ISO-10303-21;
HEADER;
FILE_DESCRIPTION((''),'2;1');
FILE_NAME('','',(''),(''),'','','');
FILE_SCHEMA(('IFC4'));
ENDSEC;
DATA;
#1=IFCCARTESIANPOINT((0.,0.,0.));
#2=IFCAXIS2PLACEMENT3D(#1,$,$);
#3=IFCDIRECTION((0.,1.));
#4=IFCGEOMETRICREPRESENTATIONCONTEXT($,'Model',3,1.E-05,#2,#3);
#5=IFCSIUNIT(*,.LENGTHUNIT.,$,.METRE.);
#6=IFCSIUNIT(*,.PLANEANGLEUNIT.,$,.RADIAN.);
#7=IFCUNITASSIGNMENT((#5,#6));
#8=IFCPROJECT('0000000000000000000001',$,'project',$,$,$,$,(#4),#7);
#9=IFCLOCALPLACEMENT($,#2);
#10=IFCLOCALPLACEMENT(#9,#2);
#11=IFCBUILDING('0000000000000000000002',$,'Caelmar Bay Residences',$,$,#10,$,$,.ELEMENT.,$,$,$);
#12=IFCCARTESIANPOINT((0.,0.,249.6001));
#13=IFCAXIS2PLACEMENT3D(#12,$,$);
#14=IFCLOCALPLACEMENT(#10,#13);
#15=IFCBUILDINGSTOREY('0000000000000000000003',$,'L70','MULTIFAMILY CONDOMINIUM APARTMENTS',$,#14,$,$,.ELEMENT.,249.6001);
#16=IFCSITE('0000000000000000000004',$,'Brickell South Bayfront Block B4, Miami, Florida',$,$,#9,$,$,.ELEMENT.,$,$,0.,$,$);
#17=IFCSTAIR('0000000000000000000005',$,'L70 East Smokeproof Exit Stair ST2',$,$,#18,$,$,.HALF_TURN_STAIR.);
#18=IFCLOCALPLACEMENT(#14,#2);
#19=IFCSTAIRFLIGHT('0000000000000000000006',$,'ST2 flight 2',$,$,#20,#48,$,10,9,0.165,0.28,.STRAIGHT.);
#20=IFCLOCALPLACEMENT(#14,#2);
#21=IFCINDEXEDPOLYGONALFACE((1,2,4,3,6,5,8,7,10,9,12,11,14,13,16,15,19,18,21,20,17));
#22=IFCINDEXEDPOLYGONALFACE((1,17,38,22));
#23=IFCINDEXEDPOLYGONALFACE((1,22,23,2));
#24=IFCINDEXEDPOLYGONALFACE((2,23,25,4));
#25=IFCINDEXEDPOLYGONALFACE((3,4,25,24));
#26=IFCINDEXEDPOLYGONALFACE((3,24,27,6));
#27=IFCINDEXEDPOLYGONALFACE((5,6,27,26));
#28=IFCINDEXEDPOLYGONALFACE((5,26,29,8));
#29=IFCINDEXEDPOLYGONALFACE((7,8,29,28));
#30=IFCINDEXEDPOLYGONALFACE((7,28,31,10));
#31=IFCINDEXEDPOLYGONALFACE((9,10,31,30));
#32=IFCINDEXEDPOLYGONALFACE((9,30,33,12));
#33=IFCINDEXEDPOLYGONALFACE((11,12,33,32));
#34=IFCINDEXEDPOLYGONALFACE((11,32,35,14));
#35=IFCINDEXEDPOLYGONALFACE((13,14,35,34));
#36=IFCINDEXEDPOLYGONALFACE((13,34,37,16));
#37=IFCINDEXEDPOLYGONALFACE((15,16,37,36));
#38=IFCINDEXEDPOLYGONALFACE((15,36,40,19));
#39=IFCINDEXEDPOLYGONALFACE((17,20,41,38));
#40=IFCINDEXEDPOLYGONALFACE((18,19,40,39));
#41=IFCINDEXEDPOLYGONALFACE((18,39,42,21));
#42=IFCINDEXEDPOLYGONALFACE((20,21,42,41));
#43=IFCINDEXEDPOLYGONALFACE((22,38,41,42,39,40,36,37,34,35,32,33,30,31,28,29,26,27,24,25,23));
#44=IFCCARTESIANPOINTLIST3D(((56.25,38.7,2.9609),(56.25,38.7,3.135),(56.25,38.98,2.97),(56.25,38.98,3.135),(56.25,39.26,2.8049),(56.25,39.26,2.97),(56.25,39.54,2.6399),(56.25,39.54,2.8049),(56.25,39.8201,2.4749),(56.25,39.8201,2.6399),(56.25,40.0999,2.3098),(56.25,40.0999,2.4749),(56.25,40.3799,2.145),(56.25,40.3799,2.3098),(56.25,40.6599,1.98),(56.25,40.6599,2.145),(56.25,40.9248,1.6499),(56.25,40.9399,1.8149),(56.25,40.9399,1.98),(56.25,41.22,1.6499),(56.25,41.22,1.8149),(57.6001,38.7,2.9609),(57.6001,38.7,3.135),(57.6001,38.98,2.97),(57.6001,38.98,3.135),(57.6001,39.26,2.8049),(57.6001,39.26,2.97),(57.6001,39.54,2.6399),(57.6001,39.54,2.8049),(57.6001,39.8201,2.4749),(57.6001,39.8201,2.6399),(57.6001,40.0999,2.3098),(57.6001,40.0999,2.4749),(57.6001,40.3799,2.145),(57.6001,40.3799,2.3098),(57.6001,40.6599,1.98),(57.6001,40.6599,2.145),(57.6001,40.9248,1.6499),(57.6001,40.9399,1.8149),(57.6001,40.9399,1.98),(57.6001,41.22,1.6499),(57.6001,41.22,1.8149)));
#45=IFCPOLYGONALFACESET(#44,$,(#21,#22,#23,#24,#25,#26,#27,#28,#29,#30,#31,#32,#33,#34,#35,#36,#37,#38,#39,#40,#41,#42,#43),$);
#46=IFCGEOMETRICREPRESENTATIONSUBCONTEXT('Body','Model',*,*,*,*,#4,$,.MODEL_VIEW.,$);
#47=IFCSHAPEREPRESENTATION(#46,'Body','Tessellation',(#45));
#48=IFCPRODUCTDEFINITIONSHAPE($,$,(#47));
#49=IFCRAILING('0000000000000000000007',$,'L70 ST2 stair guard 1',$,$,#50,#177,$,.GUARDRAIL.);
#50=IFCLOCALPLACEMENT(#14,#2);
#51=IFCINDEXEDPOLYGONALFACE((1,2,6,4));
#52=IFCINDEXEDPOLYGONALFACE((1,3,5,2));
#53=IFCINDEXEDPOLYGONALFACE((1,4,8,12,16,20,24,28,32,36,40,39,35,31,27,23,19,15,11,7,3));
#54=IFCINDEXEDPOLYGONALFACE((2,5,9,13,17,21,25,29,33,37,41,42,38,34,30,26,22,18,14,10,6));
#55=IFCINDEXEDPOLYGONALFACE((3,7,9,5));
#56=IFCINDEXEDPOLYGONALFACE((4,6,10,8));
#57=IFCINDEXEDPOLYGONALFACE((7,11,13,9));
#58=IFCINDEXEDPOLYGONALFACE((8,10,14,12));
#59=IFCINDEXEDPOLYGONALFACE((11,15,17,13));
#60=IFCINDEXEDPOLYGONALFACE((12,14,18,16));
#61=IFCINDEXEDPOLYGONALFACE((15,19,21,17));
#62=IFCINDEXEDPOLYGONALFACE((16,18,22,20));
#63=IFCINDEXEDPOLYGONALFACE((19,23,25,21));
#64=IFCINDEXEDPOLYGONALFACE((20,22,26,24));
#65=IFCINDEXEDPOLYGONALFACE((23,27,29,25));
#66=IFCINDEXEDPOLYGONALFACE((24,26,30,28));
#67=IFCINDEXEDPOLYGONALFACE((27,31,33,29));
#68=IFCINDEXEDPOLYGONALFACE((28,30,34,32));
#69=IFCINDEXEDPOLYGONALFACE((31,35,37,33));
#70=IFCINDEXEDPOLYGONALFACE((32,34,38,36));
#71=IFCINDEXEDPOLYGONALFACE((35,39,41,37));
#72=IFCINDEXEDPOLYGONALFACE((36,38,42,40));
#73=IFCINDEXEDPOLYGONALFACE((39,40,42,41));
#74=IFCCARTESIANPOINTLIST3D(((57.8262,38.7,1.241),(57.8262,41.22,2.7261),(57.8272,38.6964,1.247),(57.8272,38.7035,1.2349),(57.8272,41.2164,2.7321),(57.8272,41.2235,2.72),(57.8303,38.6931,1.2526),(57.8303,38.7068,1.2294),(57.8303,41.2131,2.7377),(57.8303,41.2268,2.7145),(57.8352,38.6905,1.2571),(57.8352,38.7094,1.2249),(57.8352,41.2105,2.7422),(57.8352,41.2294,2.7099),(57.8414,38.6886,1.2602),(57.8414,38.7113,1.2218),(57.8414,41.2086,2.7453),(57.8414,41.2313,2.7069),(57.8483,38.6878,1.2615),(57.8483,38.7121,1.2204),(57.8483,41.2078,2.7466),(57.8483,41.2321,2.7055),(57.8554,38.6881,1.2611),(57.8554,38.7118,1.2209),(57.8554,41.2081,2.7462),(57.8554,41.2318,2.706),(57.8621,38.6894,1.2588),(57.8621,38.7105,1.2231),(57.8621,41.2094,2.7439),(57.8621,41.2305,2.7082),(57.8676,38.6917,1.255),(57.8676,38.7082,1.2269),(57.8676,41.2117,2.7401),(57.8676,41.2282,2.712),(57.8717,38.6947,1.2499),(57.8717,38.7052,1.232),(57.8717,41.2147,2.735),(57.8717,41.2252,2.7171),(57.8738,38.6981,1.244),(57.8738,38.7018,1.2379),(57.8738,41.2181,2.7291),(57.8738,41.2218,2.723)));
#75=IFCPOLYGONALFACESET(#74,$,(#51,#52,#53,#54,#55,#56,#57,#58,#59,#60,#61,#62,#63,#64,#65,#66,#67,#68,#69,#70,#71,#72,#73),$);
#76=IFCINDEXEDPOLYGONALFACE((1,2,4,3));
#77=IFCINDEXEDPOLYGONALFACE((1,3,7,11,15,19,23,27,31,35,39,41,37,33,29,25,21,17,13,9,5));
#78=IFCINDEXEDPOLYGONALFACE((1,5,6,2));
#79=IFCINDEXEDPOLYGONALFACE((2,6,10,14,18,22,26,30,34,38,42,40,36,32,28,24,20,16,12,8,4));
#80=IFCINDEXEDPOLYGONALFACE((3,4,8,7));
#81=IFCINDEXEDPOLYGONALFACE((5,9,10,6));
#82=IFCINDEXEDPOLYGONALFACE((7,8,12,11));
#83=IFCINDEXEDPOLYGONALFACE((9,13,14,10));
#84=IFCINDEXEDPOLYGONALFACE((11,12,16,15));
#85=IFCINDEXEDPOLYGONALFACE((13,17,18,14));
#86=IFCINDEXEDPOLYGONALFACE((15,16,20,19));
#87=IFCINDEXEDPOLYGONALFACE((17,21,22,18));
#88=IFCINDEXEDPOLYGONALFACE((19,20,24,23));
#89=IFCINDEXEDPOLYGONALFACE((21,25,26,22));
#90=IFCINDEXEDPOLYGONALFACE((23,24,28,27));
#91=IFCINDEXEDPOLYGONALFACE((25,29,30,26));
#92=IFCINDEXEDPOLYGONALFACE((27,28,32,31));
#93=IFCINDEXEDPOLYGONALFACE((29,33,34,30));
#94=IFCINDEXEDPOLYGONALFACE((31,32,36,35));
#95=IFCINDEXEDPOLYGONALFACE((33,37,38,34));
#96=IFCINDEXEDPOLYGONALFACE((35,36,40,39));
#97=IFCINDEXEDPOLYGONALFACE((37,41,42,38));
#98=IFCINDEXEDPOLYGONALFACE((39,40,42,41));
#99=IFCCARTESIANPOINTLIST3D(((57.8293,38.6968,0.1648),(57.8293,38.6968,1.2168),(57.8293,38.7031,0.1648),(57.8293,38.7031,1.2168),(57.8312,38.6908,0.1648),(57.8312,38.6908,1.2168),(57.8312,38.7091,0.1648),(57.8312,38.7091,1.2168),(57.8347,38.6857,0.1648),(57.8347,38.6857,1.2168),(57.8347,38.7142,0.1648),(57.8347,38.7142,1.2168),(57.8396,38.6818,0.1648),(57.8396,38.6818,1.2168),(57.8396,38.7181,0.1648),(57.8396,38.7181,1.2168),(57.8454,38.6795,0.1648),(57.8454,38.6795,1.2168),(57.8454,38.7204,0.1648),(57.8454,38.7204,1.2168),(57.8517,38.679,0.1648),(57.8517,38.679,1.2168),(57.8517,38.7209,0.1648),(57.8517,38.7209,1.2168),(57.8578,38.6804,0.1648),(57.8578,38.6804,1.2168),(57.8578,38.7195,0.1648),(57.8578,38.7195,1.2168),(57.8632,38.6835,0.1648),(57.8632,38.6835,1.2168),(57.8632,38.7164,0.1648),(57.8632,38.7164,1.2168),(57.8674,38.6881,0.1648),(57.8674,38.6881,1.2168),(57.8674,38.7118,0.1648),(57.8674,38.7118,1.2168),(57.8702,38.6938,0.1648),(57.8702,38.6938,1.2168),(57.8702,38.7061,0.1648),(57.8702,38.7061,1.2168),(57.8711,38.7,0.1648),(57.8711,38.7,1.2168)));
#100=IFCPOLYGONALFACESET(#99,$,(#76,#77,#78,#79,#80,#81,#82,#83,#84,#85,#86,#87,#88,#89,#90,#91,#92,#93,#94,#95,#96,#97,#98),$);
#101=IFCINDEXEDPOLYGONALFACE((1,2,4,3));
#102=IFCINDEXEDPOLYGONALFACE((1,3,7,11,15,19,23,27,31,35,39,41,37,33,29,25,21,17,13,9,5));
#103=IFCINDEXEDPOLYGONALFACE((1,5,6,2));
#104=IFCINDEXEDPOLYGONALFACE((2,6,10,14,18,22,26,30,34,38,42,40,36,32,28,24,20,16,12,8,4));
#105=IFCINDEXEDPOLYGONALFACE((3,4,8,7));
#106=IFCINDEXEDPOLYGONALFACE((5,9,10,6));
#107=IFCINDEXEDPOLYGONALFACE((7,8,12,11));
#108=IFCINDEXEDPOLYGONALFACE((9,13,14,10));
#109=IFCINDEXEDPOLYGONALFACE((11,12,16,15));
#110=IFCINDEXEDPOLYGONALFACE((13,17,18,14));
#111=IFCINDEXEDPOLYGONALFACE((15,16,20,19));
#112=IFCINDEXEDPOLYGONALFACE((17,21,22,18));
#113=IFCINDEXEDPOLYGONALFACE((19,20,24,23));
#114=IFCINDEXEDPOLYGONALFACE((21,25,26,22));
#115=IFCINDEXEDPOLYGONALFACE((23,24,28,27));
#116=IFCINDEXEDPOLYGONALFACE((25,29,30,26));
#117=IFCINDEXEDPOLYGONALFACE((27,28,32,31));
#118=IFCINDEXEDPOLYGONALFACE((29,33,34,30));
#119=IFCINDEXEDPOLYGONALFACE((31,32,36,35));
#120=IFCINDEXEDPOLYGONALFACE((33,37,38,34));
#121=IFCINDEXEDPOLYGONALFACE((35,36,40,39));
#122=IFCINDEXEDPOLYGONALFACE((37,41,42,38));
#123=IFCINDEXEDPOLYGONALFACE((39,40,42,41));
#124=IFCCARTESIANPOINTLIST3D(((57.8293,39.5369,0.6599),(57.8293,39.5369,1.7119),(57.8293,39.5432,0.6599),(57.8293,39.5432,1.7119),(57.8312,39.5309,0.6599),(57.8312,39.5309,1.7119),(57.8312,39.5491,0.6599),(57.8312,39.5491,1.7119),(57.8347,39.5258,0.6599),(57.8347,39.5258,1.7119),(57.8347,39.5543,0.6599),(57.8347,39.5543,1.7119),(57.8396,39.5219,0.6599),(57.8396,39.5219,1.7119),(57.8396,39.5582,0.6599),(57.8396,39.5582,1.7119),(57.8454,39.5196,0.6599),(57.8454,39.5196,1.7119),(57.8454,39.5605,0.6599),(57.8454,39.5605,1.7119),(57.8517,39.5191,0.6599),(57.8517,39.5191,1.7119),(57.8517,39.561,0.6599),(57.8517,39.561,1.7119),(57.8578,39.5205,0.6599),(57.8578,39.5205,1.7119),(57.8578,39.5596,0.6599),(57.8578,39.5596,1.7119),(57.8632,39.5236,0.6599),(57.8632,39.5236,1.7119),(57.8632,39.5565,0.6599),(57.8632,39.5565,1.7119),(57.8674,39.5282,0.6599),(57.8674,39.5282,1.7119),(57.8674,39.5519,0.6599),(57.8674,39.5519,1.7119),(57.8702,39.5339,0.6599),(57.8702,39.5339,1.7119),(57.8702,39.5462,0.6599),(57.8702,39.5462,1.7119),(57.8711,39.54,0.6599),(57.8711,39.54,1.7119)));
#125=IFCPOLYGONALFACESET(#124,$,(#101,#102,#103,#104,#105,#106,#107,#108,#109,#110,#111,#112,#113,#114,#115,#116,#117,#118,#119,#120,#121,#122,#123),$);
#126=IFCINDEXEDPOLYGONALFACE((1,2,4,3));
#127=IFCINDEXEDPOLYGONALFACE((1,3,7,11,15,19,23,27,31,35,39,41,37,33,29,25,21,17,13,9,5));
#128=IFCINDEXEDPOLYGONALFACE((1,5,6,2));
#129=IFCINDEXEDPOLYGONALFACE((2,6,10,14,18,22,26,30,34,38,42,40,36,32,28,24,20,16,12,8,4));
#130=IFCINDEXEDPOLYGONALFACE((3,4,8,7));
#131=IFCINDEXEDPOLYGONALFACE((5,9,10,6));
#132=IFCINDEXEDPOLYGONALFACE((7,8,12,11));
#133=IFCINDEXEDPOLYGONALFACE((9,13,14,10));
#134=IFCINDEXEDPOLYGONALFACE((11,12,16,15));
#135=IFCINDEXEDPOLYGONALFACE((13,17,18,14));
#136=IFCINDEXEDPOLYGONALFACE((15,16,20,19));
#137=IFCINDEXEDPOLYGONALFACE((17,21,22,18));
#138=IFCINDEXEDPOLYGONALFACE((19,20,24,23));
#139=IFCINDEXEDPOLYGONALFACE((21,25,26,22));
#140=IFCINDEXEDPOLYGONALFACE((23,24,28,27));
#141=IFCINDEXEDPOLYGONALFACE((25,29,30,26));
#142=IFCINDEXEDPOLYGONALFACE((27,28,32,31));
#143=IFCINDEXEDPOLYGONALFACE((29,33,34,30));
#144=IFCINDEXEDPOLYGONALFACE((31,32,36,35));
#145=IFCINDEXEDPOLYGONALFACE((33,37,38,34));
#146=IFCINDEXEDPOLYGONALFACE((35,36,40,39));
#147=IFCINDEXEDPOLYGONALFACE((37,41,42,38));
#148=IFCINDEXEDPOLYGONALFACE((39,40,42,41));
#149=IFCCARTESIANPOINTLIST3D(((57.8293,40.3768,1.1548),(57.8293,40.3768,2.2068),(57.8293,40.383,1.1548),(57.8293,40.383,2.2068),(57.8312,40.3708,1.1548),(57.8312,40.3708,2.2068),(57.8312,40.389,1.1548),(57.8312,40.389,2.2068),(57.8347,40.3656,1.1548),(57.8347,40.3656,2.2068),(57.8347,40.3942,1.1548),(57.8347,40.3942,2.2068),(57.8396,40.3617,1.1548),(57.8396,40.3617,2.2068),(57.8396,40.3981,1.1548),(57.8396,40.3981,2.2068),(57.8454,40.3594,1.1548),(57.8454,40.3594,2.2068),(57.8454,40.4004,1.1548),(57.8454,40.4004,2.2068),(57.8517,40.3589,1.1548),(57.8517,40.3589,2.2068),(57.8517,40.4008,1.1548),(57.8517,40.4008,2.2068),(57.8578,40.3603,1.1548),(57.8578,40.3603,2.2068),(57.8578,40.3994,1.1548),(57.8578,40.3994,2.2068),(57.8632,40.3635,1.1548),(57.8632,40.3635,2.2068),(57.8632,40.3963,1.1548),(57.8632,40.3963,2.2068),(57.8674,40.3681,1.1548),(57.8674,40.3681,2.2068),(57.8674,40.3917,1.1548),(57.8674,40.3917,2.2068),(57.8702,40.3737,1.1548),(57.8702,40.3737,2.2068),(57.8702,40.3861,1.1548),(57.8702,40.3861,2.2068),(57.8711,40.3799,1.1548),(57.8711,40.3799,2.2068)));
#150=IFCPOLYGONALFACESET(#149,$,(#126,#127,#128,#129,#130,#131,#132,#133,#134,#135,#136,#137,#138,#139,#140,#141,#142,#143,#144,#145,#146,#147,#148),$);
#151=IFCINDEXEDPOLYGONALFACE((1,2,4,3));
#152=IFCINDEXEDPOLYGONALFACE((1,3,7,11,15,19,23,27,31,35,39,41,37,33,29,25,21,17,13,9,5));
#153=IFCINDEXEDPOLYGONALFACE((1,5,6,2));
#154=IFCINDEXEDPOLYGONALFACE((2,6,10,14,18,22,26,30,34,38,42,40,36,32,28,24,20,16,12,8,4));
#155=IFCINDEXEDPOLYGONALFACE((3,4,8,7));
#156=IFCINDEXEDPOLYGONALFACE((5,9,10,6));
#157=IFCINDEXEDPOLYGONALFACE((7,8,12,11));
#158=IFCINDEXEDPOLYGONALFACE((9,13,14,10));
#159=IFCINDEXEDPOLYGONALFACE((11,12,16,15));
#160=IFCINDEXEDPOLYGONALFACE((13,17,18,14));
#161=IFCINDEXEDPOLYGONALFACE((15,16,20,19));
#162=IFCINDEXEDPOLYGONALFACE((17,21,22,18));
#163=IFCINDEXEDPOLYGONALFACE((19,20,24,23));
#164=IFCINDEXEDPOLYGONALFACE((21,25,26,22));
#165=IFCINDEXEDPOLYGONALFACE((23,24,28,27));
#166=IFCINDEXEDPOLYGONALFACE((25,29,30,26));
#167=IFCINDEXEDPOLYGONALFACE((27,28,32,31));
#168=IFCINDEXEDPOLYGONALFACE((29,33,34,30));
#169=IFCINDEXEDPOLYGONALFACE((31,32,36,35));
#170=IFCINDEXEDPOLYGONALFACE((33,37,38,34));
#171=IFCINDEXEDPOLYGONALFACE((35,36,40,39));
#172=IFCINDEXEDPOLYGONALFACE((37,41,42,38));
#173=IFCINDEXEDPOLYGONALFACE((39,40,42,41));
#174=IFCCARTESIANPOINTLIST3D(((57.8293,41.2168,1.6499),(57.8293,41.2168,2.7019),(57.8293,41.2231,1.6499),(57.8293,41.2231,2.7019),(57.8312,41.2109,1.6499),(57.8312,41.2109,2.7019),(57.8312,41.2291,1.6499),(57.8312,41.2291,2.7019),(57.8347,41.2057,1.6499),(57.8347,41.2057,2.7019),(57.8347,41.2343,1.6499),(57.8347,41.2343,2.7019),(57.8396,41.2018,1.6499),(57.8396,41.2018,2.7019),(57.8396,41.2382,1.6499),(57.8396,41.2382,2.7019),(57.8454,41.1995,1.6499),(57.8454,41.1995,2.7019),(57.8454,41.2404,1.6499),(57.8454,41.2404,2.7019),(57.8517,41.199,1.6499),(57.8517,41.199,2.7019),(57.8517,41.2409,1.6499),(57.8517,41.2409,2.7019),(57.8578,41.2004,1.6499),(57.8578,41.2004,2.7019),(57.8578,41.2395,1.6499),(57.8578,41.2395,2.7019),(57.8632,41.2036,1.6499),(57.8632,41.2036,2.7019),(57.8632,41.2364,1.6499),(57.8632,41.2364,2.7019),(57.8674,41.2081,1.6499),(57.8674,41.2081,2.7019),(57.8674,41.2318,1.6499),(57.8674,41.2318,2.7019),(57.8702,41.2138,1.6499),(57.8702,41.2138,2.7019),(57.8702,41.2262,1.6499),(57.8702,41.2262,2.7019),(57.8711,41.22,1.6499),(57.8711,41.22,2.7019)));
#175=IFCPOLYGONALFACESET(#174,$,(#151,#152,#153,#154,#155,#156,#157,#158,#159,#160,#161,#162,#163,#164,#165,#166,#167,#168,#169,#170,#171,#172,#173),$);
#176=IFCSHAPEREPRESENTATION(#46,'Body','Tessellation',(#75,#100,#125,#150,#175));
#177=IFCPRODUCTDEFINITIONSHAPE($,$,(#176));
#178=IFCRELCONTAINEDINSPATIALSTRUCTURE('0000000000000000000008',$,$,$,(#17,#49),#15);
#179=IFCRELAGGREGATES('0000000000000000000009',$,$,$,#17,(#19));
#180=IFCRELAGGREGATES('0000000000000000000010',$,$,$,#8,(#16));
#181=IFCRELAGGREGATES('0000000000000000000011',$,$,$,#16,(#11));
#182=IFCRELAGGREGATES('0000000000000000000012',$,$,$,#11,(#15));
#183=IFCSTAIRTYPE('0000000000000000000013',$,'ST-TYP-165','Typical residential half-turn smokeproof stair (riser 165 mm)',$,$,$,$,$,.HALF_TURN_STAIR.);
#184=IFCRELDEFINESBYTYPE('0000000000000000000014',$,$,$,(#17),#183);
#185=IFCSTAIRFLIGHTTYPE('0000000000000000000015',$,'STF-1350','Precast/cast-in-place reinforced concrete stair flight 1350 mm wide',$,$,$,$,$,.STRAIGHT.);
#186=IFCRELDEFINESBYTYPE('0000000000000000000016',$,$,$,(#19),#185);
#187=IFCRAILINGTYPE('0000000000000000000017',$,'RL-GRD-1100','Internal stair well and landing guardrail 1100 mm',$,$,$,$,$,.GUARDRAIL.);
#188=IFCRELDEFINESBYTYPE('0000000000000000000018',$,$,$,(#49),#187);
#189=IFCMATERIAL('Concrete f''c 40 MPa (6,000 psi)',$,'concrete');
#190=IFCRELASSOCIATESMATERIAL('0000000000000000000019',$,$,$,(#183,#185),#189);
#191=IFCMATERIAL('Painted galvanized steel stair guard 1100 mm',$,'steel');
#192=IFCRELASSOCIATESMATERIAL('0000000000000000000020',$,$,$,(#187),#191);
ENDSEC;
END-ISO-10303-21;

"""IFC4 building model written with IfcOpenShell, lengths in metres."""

from ifc_helpers import new_model, si_unit, direction, frame, origin, origin_2d, place, context, subcontext, project, spatial, polyline, circle, outline, extrude, material, type_object, element, aggregate, save


model = new_model("IFC4")

# Units and contexts
model_context = context("Model", 3, precision=1e-05, world=origin(), true_north=direction((0.0, 1.0)))
body_context = subcontext(model_context, "Body", "Model", "MODEL_VIEW")
ifc_project = project(units=[si_unit("LENGTHUNIT", "METRE"), si_unit("PLANEANGLEUNIT", "RADIAN")], contexts=[model_context])

# Site, building, storey
site_placement = place(None, origin())
site = spatial("IfcSite", under=ifc_project, at=site_placement, Name="Brickell South Bayfront Block B4, Miami, Florida", CompositionType="ELEMENT", RefElevation=0.0)
building_placement = place(site_placement, origin())
building = spatial("IfcBuilding", under=site, at=building_placement, Name="Caelmar Bay Residences", CompositionType="ELEMENT")
storey_placement = place(building_placement, frame((0.0, 0.0, 249.6001)))
storey = spatial("IfcBuildingStorey", under=building, at=storey_placement, Name="L70", Description="MULTIFAMILY CONDOMINIUM APARTMENTS", CompositionType="ELEMENT", Elevation=249.6001)

# Stair, stair flight
ifc_material_1 = material(Name="Concrete f'c 40 MPa (6,000 psi)", Category="concrete")
stair_type = type_object("IfcStairType", Name="ST-TYP-165", Description="Typical residential half-turn smokeproof stair (riser 165 mm)", PredefinedType="HALF_TURN_STAIR", material=ifc_material_1)
stair_placement = place(storey_placement, origin())
stair = element("IfcStair", 1, at=stair_placement, inside=storey, type_object=stair_type, Name="L70 East Smokeproof Exit Stair ST2", PredefinedType="HALF_TURN_STAIR")
stair_flight_type = type_object("IfcStairFlightType", Name="STF-1350", Description="Precast/cast-in-place reinforced concrete stair flight 1350 mm wide", PredefinedType="STRAIGHT", material=ifc_material_1)
stair_flight_1_placement = place(storey_placement, frame((56.925, 41.22, 1.6499), z_axis=(0.0, 0.0, 1.0), x_axis=(0.0, -1.0, 0.0)))
stair_flight_1 = element("IfcStairFlight", 2, at=stair_flight_1_placement, type_object=stair_flight_type, Name="ST2 flight 2", NumberOfRisers=10, NumberOfTreads=9, PredefinedType="STRAIGHT", RiserHeight=0.165, TreadLength=0.28, context=body_context, shape_type="SweptSolid", body=[
    extrude(outline(polyline([(0.0, 0.0), (0.0, 0.165), (0.28, 0.165), (0.28, 0.3301), (0.5601, 0.3301), (0.5601, 0.4951), (0.8401, 0.4951), (0.8401, 0.6599), (1.1201, 0.6599), (1.1201, 0.825), (1.3999, 0.825), (1.3999, 0.99), (1.6799, 0.99), (1.6799, 1.155), (1.96, 1.155), (1.96, 1.3201), (2.24, 1.3201), (2.24, 1.4851), (2.52, 1.4851), (2.52, 1.6499), (2.52, 1.311), (0.2952, 0.0), (0.0, 0.0)])), frame((0.0, 0.675, 0.0), z_axis=(0.0, -1.0, 0.0), x_axis=(1.0, 0.0, 0.0)), (0.0, 0.0, 1.0), 1.3501),
])
aggregate(stair, [stair_flight_1])

# Railing
ifc_material_2 = material(Name="Painted galvanized steel stair guard 1100 mm", Category="steel")
railing_type_1 = type_object("IfcRailingType", Name="RL-GRD-1100", Description="Internal stair well and landing guardrail 1100 mm", PredefinedType="GUARDRAIL", material=ifc_material_2)
railing_1_placement = place(storey_placement, frame((57.8501, 38.7, 0.1648)))
element("IfcRailing", 3, at=railing_1_placement, inside=storey, type_object=railing_type_1, Name="L70 ST2 stair guard 1", PredefinedType="GUARDRAIL", context=body_context, shape_type="SweptSolid", body=[
    extrude(circle(Radius=0.0239, at=origin_2d()), frame((0.0, 0.0, 1.0762), z_axis=(0.0, 0.861524, 0.507717), x_axis=(-1.0, 0.0, 0.0)), (0.0, 0.0, 1.0), 2.925),
    extrude(circle(Radius=0.021, at=origin_2d()), origin(), (0.0, 0.0, 1.0), 1.052),
    extrude(circle(Radius=0.021, at=origin_2d()), frame((0.0, 0.8401, 0.4951)), (0.0, 0.0, 1.0), 1.052),
    extrude(circle(Radius=0.021, at=origin_2d()), frame((0.0, 1.6799, 0.99)), (0.0, 0.0, 1.0), 1.052),
    extrude(circle(Radius=0.021, at=origin_2d()), frame((0.0, 2.52, 1.4851)), (0.0, 0.0, 1.0), 1.052),
])

save(model, "model.ifc")
